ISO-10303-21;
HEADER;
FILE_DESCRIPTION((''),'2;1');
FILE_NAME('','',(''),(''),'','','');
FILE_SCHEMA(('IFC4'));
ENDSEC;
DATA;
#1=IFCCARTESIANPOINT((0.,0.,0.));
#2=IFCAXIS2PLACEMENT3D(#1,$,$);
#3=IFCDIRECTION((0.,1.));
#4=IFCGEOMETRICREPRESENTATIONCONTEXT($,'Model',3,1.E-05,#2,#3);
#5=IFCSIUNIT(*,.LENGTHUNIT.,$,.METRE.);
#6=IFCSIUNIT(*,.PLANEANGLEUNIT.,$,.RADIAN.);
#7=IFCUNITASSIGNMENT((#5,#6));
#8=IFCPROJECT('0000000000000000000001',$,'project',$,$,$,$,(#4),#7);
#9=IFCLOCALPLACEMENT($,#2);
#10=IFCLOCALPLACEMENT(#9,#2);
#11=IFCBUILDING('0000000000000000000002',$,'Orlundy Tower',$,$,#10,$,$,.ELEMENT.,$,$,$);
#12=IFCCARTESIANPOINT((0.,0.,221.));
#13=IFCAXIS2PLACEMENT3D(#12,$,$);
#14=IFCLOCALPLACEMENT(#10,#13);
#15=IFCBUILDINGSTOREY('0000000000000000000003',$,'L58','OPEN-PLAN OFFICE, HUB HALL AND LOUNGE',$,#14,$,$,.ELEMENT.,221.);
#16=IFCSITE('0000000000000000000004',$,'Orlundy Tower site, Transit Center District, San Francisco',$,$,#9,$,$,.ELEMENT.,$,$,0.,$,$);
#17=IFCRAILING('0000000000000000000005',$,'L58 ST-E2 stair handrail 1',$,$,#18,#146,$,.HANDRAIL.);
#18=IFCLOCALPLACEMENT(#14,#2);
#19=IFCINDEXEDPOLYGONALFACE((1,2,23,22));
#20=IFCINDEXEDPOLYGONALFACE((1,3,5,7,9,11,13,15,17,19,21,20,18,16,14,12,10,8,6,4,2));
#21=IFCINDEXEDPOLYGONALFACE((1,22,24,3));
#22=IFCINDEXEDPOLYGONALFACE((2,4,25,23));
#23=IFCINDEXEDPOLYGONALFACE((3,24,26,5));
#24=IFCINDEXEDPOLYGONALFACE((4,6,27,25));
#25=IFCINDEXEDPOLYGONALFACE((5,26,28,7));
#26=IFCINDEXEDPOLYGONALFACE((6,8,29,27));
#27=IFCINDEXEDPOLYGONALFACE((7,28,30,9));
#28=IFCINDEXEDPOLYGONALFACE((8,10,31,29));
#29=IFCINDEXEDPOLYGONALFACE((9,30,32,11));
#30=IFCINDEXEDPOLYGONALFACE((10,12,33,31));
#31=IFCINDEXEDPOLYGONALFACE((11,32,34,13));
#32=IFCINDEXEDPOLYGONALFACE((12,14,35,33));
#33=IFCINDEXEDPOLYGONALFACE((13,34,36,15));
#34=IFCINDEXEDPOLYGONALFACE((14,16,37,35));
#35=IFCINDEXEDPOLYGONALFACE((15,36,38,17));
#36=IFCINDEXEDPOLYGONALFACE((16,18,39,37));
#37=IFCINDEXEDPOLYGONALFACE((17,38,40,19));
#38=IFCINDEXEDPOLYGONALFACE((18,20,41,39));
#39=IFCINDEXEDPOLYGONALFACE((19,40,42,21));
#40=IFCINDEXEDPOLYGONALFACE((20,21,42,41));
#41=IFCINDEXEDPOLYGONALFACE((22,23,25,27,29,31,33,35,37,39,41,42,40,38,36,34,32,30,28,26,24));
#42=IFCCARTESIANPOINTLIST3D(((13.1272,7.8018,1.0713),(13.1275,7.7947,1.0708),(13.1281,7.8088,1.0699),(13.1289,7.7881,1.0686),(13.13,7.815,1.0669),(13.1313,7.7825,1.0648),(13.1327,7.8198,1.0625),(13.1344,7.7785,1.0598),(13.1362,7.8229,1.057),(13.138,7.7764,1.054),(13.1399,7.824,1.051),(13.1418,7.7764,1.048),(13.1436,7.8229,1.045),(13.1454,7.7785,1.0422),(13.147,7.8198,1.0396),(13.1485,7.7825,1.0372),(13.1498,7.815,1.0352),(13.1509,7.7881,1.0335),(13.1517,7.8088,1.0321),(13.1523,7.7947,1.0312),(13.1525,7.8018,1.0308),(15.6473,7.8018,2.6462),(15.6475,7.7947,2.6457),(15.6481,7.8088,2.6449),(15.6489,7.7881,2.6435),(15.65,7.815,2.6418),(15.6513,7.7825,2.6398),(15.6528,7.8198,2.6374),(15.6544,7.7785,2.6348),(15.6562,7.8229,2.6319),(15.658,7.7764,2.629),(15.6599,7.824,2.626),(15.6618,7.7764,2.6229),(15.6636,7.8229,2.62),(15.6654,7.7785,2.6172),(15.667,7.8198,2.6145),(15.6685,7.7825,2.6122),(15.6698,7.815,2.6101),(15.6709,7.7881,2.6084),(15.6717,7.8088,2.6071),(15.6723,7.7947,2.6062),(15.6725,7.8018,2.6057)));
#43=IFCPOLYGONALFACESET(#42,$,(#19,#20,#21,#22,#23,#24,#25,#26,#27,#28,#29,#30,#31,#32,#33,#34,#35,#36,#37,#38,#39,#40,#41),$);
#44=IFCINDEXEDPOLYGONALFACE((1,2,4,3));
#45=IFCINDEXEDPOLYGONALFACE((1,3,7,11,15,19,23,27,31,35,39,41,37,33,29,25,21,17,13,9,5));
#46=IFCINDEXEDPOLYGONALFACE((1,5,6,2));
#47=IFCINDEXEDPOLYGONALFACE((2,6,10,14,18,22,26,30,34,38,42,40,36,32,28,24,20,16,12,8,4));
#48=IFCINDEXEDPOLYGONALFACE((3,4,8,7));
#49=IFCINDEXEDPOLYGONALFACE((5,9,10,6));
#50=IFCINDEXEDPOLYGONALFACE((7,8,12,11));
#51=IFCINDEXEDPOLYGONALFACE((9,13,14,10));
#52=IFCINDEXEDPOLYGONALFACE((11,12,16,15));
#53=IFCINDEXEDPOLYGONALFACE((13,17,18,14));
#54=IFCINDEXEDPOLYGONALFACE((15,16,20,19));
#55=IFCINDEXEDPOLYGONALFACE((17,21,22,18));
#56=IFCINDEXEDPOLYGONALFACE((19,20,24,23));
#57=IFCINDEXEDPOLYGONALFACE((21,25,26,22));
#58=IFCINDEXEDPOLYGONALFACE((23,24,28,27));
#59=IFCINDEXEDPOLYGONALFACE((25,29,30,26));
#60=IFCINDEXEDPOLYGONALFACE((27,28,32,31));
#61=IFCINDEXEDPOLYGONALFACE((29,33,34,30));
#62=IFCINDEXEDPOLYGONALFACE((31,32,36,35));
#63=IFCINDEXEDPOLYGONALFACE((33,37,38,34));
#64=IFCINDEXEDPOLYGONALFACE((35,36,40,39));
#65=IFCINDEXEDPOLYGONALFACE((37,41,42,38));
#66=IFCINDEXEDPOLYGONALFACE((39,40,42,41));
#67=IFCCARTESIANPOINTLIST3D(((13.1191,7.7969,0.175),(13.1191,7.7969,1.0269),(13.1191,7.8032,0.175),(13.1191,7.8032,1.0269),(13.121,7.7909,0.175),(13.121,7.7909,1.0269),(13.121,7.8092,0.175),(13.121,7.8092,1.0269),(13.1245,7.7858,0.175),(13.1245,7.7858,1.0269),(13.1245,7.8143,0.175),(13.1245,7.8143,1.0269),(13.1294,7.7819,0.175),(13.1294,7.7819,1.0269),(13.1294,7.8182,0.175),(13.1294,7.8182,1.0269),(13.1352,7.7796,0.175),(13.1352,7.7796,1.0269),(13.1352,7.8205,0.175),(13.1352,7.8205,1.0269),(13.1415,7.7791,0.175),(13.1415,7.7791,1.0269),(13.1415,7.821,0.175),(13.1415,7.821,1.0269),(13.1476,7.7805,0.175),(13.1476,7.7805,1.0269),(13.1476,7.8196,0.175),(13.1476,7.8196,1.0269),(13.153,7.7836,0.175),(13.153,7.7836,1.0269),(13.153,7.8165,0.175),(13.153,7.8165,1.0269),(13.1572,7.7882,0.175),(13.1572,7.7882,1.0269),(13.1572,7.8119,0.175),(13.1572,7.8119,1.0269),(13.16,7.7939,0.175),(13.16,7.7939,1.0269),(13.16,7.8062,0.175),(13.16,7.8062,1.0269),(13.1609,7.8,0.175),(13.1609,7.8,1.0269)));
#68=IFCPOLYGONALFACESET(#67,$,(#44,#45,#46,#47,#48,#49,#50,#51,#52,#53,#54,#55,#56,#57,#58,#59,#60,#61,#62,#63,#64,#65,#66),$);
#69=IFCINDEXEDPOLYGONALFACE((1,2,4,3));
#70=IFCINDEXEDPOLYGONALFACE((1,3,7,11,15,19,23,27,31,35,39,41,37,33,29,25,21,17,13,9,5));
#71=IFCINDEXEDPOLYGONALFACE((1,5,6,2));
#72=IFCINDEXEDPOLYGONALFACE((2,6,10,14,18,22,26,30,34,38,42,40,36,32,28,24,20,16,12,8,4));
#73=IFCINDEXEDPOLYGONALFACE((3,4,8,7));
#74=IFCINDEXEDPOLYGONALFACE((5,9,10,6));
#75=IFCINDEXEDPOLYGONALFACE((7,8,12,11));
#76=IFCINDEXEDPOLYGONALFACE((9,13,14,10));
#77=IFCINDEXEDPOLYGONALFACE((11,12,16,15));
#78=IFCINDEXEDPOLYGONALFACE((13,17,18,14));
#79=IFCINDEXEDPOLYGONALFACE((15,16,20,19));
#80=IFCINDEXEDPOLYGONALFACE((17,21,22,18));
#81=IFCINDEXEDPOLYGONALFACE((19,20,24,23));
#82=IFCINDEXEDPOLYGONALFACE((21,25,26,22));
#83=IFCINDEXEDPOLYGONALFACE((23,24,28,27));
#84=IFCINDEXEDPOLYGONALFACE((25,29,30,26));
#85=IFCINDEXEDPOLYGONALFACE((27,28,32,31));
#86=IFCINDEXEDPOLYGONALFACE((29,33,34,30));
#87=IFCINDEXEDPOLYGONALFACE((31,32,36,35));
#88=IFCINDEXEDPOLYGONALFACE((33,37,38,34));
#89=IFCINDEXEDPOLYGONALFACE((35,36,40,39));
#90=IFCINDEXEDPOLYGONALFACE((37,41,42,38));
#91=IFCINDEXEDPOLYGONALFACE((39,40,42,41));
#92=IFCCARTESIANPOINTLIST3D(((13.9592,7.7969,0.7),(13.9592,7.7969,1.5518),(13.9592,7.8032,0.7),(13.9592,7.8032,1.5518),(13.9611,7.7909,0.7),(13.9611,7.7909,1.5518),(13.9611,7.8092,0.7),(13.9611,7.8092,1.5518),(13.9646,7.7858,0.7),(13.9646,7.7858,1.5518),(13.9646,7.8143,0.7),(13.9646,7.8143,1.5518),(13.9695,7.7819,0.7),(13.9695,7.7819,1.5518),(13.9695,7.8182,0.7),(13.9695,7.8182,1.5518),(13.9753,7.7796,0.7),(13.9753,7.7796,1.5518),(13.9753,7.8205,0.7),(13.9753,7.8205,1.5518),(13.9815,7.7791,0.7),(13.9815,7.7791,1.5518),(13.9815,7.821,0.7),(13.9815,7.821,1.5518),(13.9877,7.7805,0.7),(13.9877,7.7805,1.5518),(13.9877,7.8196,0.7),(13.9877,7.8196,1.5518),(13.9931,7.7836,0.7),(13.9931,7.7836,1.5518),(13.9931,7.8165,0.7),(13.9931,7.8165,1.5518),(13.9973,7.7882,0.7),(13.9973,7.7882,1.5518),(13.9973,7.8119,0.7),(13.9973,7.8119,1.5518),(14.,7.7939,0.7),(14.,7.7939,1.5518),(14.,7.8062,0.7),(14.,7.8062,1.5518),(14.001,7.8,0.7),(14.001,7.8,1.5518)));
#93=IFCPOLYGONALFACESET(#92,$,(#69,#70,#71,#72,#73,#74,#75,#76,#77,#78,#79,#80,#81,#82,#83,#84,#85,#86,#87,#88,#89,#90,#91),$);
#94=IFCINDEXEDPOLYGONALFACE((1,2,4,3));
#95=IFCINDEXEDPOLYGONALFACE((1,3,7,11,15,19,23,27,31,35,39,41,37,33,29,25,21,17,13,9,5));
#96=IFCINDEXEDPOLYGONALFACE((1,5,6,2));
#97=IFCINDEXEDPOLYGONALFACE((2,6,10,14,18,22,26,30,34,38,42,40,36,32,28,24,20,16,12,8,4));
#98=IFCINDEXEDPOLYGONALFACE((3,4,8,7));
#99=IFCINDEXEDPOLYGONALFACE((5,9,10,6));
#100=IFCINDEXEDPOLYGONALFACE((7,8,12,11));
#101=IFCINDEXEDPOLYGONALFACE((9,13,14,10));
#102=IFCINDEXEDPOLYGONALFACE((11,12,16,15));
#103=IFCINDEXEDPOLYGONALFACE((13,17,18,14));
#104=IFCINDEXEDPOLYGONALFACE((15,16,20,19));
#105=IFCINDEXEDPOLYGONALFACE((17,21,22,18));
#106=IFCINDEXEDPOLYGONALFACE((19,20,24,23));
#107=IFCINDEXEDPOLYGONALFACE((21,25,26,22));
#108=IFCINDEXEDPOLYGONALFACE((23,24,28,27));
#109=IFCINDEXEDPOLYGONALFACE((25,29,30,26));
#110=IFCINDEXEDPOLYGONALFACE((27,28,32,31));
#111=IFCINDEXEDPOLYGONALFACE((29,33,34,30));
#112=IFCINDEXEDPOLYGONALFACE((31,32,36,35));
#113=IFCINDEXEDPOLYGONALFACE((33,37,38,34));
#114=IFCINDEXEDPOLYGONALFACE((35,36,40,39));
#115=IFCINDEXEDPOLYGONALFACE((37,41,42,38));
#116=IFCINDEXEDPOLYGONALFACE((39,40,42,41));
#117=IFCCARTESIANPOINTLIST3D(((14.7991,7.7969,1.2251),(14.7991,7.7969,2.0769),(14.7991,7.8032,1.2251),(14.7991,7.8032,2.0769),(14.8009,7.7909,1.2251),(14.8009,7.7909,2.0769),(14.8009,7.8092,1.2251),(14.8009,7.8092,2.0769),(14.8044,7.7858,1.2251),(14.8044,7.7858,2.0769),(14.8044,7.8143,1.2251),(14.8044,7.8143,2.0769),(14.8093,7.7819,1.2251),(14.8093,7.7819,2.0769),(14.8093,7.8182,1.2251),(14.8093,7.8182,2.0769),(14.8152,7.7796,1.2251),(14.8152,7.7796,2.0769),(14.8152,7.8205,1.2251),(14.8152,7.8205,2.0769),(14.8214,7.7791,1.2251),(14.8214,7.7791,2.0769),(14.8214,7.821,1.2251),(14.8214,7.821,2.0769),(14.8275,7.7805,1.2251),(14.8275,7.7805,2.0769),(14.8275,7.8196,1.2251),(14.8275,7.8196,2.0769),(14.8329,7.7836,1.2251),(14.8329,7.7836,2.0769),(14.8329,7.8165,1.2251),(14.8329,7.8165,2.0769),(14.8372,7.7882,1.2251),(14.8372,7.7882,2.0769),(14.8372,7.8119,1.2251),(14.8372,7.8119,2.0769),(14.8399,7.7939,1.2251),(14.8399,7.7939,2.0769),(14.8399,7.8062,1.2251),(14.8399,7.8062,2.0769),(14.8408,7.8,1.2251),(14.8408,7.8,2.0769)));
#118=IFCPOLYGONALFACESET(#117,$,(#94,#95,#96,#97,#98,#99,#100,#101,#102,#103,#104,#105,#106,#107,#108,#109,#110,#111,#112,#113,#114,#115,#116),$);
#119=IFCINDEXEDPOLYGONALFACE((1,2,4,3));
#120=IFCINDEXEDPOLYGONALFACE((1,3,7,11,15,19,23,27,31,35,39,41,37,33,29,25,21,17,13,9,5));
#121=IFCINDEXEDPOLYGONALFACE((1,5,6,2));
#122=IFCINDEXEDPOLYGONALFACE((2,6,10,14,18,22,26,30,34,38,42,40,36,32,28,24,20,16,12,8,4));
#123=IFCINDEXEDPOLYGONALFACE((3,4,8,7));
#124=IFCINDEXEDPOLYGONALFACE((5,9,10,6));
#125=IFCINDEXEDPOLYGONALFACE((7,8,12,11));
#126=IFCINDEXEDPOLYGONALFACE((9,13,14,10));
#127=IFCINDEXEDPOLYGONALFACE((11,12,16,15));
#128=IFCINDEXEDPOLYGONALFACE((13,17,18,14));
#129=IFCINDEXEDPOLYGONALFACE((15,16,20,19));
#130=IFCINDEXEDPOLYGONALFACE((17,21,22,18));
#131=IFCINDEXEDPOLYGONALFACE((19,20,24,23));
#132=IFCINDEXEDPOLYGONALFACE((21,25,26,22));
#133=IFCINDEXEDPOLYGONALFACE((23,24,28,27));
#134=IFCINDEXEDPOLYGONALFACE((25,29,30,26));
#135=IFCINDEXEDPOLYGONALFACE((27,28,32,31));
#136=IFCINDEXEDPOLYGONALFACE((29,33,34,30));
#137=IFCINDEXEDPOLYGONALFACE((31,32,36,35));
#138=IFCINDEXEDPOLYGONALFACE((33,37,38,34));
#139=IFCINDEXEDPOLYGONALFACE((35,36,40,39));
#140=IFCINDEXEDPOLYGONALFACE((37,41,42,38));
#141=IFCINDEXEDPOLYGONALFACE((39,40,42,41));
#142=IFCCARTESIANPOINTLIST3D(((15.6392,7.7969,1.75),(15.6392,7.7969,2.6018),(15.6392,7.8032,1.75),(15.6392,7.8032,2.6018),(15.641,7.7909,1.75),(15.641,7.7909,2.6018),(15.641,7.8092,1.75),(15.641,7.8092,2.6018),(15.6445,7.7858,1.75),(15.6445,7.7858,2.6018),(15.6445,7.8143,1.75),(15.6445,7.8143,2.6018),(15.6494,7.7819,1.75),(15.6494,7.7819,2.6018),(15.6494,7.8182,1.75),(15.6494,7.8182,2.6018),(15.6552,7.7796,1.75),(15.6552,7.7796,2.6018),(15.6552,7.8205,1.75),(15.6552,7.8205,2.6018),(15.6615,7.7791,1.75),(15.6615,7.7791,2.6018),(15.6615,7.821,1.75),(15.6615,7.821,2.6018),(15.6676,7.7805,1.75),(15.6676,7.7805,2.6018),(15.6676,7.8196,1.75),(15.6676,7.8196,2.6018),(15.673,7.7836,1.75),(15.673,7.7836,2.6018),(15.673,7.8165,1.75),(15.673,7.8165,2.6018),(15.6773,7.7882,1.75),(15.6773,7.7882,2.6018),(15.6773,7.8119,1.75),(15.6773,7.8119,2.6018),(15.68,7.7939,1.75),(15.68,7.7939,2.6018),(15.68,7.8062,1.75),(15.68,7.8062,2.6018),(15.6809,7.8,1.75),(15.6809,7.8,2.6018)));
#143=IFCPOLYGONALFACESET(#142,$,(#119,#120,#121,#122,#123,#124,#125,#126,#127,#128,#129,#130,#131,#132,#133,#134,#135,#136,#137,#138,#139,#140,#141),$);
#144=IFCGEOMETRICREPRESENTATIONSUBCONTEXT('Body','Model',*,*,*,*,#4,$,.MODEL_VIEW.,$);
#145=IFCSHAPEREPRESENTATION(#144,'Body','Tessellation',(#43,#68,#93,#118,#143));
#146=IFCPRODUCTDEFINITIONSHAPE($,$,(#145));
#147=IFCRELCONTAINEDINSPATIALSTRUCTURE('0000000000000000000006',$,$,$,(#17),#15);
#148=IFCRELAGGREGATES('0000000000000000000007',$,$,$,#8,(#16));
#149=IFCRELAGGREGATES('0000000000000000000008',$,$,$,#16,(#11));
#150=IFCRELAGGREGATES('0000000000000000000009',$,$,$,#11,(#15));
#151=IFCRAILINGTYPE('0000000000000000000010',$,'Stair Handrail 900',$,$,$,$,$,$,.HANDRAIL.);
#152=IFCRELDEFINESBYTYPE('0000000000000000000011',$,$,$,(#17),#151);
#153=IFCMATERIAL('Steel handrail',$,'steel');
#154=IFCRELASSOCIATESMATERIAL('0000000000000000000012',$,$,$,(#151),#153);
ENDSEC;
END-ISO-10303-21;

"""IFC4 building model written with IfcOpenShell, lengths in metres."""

from ifc_helpers import new_model, si_unit, direction, frame, origin, origin_2d, place, context, subcontext, project, spatial, circle, extrude, material, type_object, element, save


model = new_model("IFC4")

# Units and contexts
model_context = context("Model", 3, precision=1e-05, world=origin(), true_north=direction((0.0, 1.0)))
body_context = subcontext(model_context, "Body", "Model", "MODEL_VIEW")
ifc_project = project(units=[si_unit("LENGTHUNIT", "METRE"), si_unit("PLANEANGLEUNIT", "RADIAN")], contexts=[model_context])

# Site, building, storey
site_placement = place(None, origin())
site = spatial("IfcSite", under=ifc_project, at=site_placement, Name="Orlundy Tower site, Transit Center District, San Francisco", CompositionType="ELEMENT", RefElevation=0.0)
building_placement = place(site_placement, origin())
building = spatial("IfcBuilding", under=site, at=building_placement, Name="Orlundy Tower", CompositionType="ELEMENT")
storey_placement = place(building_placement, frame((0.0, 0.0, 221.0)))
storey = spatial("IfcBuildingStorey", under=building, at=storey_placement, Name="L58", Description="OPEN-PLAN OFFICE, HUB HALL AND LOUNGE", CompositionType="ELEMENT", Elevation=221.0)

# Railing
ifc_material_1 = material(Name="Steel handrail", Category="steel")
railing_type_1 = type_object("IfcRailingType", Name="Stair Handrail 900", PredefinedType="HANDRAIL", material=ifc_material_1)
railing_1_placement = place(storey_placement, frame((13.1399, 7.8, 0.175)))
element("IfcRailing", 1, at=railing_1_placement, inside=storey, type_object=railing_type_1, Name="L58 ST-E2 stair handrail 1", PredefinedType="HANDRAIL", context=body_context, shape_type="SweptSolid", body=[
    extrude(circle(Radius=0.0239, at=origin_2d()), frame((0.0, 0.0, 0.876), z_axis=(0.848008, 0.0, 0.529984), x_axis=(0.0, 1.0, 0.0)), (0.0, 0.0, 1.0), 2.9717),
    extrude(circle(Radius=0.021, at=origin_2d()), origin(), (0.0, 0.0, 1.0), 0.8518),
    extrude(circle(Radius=0.021, at=origin_2d()), frame((0.8401, 0.0, 0.5249)), (0.0, 0.0, 1.0), 0.8518),
    extrude(circle(Radius=0.021, at=origin_2d()), frame((1.6799, 0.0, 1.05)), (0.0, 0.0, 1.0), 0.8518),
    extrude(circle(Radius=0.021, at=origin_2d()), frame((2.52, 0.0, 1.575)), (0.0, 0.0, 1.0), 0.8518),
])

save(model, "model.ifc")
